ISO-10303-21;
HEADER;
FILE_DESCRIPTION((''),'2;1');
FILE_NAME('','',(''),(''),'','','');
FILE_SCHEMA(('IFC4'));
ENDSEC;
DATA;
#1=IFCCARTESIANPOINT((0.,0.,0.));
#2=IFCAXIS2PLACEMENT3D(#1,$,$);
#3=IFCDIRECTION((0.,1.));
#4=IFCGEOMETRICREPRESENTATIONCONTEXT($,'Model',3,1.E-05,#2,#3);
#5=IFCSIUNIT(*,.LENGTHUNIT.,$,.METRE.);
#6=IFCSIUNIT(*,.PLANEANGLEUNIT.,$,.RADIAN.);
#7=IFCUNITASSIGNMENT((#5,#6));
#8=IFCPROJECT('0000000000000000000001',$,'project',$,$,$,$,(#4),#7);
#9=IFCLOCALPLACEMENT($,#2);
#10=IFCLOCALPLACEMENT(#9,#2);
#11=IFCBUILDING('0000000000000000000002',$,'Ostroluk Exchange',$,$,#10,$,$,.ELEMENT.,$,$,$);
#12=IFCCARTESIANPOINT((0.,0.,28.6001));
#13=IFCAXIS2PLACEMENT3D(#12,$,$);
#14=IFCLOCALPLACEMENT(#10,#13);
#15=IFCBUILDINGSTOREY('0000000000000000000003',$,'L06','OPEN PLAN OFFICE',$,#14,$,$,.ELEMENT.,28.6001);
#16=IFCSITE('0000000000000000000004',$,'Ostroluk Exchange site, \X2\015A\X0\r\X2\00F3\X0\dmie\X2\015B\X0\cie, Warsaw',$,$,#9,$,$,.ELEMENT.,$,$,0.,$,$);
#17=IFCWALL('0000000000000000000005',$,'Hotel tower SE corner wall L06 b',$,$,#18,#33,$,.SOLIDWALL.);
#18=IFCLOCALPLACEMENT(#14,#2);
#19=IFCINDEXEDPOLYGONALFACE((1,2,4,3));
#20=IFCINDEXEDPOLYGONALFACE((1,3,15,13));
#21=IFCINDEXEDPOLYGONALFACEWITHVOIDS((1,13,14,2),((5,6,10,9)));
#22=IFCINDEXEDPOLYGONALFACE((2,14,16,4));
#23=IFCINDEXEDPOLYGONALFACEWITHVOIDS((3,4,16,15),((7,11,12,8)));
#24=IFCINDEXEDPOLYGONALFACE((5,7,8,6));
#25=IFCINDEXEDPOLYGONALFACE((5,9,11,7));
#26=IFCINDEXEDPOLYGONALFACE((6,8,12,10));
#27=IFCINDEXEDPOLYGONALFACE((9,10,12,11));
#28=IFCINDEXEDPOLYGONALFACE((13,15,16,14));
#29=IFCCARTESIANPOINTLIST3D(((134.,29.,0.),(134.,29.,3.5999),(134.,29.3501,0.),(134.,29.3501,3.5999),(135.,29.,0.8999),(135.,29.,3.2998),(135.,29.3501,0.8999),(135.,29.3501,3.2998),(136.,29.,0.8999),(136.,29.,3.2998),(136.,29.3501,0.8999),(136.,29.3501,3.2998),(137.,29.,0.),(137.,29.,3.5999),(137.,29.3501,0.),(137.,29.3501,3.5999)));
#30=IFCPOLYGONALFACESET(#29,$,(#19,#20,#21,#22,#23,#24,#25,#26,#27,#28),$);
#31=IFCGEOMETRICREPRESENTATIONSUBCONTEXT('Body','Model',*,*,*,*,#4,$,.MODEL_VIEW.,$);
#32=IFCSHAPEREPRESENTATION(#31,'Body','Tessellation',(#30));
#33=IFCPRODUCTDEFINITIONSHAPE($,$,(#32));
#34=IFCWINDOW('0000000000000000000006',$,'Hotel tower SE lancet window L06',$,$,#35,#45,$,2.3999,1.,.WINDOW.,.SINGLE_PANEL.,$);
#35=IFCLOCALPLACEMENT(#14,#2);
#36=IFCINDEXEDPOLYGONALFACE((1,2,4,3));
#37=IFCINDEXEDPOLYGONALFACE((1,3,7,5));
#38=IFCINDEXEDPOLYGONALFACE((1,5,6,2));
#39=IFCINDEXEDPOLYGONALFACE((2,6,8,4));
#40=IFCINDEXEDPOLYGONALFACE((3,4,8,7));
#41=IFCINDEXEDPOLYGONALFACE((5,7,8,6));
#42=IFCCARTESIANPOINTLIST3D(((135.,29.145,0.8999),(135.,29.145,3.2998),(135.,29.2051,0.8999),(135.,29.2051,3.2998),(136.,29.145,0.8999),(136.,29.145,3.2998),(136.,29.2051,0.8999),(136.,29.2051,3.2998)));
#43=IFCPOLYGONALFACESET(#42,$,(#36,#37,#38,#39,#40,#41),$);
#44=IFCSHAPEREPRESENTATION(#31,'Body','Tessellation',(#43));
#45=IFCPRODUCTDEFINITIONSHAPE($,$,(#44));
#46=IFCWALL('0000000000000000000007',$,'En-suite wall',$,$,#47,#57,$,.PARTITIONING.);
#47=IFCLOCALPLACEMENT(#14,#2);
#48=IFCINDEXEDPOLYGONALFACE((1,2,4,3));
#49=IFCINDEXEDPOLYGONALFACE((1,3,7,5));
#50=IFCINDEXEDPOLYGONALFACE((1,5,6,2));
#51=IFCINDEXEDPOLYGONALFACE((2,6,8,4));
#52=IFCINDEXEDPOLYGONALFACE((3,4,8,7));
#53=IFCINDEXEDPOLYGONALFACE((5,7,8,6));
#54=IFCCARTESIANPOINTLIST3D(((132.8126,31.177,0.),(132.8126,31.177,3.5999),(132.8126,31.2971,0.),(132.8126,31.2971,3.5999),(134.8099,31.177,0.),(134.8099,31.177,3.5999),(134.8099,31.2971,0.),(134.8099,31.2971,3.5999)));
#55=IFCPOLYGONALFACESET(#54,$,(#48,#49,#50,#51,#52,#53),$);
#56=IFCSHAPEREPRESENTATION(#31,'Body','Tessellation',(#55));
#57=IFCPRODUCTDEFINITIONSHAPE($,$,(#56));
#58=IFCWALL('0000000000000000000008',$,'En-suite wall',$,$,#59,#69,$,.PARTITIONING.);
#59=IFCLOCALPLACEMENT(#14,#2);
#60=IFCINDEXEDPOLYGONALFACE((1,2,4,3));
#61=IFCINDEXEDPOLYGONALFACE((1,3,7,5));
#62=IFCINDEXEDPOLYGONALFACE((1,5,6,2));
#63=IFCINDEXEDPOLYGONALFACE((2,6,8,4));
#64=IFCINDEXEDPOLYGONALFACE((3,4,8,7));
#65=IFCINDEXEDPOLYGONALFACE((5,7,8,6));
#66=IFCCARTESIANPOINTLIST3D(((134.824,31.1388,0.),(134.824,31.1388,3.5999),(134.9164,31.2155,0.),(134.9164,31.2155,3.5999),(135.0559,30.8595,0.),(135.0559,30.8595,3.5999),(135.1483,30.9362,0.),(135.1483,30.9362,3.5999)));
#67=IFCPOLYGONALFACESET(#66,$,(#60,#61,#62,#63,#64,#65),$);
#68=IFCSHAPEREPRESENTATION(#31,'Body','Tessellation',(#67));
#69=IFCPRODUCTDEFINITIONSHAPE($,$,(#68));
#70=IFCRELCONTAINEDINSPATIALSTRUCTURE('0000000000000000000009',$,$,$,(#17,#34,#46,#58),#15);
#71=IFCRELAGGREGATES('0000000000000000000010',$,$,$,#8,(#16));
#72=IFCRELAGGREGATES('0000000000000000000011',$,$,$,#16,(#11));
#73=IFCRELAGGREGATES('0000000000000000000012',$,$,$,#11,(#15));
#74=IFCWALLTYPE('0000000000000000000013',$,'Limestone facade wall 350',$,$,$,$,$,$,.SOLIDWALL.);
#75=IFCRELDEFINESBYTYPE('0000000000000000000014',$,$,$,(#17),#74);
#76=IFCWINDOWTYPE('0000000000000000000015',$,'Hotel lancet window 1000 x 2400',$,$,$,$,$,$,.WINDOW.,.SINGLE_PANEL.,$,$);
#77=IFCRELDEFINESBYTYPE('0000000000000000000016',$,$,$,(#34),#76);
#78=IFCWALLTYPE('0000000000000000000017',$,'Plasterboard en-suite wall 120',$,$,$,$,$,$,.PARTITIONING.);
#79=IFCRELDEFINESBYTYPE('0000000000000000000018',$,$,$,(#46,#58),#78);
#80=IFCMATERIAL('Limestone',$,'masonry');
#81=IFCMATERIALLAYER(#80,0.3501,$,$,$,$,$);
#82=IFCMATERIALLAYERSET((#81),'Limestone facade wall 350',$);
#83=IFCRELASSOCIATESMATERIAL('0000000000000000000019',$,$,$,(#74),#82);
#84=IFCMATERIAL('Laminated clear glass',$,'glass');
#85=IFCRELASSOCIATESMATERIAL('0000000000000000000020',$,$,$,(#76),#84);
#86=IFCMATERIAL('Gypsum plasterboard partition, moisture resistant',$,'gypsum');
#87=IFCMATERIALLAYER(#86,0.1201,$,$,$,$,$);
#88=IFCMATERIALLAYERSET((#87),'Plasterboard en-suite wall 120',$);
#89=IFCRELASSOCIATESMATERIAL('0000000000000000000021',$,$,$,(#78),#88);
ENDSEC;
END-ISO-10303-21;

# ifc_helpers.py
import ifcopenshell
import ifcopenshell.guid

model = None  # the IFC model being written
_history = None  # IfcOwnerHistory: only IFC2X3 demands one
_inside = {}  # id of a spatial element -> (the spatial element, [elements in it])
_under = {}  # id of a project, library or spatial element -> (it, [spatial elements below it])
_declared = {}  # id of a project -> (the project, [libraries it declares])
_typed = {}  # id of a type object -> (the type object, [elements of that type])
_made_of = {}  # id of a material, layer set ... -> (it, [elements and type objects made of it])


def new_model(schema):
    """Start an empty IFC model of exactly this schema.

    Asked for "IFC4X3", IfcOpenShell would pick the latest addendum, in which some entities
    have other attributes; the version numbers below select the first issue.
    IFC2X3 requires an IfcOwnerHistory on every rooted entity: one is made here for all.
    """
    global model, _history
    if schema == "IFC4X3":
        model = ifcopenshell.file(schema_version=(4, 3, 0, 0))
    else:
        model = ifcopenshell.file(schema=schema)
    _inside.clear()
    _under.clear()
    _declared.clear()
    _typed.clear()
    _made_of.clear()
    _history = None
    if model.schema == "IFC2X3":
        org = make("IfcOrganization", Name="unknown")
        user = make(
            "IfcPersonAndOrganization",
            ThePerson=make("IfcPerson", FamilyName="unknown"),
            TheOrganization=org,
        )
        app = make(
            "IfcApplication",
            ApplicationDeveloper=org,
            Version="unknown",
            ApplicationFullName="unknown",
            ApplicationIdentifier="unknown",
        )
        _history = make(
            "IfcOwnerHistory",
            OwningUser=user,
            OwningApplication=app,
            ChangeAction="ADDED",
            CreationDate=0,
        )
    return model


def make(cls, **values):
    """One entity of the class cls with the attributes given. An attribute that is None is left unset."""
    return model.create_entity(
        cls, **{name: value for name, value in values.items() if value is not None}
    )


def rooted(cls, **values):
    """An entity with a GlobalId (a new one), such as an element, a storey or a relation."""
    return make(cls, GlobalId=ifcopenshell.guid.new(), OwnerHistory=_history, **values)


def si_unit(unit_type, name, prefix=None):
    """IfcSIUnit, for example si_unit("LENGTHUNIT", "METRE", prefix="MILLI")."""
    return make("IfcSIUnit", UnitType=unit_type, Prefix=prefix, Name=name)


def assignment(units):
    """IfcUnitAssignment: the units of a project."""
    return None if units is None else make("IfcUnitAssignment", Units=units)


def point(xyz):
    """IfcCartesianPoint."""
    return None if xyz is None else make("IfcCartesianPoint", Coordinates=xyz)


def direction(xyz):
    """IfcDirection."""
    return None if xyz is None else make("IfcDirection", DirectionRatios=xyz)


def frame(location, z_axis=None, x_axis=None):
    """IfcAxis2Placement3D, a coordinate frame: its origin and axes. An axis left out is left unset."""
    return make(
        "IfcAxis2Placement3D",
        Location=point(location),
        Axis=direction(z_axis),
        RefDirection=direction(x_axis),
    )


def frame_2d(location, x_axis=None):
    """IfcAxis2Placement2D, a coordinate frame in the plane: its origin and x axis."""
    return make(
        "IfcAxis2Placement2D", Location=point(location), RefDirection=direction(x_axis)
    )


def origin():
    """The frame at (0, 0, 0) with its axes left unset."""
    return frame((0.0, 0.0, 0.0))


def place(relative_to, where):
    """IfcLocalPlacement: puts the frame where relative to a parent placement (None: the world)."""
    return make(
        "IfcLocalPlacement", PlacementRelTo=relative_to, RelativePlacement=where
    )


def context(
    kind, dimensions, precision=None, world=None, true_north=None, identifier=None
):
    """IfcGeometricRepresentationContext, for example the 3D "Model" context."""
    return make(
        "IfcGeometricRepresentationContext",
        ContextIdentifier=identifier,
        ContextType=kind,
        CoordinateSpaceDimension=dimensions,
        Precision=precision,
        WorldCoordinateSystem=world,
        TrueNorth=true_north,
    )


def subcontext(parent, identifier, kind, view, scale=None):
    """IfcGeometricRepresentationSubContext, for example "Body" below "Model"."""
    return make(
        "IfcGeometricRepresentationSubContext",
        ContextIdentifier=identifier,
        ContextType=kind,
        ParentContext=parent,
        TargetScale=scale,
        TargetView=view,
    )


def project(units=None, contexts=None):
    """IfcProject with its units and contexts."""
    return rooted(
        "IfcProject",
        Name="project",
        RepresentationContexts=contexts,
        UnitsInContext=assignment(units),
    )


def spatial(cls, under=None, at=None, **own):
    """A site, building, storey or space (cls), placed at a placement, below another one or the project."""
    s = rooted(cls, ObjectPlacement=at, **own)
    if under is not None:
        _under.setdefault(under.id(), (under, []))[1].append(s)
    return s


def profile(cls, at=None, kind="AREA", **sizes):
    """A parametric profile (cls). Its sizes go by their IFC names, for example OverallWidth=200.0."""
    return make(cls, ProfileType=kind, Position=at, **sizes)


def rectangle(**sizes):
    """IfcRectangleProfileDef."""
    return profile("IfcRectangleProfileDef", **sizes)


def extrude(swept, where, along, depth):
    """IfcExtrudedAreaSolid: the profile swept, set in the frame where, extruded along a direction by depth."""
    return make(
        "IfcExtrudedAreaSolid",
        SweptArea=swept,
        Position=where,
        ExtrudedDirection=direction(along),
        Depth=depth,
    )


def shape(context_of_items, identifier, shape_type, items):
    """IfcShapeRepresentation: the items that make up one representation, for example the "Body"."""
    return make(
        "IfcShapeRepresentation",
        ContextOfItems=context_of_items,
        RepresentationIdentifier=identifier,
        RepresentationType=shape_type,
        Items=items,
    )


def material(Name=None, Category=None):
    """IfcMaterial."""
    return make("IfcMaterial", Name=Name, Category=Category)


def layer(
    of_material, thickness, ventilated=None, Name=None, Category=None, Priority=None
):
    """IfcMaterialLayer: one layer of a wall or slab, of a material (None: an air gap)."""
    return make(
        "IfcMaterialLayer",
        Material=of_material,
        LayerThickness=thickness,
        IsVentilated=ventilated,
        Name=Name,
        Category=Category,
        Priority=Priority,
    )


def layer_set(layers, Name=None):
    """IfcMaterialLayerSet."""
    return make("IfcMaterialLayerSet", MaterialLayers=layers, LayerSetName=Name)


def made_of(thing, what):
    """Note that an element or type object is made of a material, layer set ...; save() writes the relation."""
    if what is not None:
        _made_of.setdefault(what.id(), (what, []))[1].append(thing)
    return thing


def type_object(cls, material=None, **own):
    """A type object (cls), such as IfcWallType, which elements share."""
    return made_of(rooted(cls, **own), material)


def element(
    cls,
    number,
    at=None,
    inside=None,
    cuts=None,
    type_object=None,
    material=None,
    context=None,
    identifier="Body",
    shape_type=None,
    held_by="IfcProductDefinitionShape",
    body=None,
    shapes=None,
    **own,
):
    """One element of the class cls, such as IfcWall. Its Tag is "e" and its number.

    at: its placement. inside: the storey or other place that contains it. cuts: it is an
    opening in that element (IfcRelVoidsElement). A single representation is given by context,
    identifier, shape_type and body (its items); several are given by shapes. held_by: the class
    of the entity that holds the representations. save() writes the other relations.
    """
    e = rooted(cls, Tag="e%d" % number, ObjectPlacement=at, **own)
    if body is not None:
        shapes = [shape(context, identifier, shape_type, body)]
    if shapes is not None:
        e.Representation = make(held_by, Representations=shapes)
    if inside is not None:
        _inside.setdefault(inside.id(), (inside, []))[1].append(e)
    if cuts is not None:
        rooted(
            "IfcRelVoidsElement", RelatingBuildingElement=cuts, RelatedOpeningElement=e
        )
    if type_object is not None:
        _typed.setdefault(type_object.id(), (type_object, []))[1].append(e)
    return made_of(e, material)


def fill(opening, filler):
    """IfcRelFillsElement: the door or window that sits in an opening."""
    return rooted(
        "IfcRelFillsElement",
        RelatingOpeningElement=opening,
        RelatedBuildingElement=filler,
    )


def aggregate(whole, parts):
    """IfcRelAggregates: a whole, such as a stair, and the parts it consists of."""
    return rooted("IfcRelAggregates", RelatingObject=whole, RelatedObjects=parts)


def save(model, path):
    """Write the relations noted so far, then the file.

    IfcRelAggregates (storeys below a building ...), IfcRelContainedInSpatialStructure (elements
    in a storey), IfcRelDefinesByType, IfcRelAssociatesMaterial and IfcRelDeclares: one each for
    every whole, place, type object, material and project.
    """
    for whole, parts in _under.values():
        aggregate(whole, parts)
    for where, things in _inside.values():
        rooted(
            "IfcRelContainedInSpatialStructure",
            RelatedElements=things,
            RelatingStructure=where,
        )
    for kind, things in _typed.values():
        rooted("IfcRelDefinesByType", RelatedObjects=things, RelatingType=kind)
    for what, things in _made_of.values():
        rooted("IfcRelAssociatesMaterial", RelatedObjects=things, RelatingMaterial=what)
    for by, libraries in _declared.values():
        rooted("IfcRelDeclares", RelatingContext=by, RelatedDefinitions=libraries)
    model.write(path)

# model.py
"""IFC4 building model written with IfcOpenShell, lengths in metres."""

from ifc_helpers import new_model, si_unit, direction, frame, frame_2d, origin, place, context, subcontext, project, spatial, rectangle, extrude, material, layer, layer_set, type_object, element, fill, save


model = new_model("IFC4")

# Units and contexts
model_context = context("Model", 3, precision=1e-05, world=origin(), true_north=direction((0.0, 1.0)))
body_context = subcontext(model_context, "Body", "Model", "MODEL_VIEW")
ifc_project = project(units=[si_unit("LENGTHUNIT", "METRE"), si_unit("PLANEANGLEUNIT", "RADIAN")], contexts=[model_context])

# Site, building, storey
site_placement = place(None, origin())
site = spatial("IfcSite", under=ifc_project, at=site_placement, Name="Ostroluk Exchange site, Śródmieście, Warsaw", CompositionType="ELEMENT", RefElevation=0.0)
building_placement = place(site_placement, origin())
building = spatial("IfcBuilding", under=site, at=building_placement, Name="Ostroluk Exchange", CompositionType="ELEMENT")
storey_placement = place(building_placement, frame((0.0, 0.0, 28.6001)))
storey = spatial("IfcBuildingStorey", under=building, at=storey_placement, Name="L06", Description="OPEN PLAN OFFICE", CompositionType="ELEMENT", Elevation=28.6001)

# Shared definitions
ifc_material_1 = material(Name="Limestone", Category="masonry")
ifc_layer_1 = layer(ifc_material_1, 0.3501)
ifc_layer_set_1 = layer_set([ifc_layer_1], Name="Limestone facade wall 350")
wall_type_1 = type_object("IfcWallType", Name="Limestone facade wall 350", PredefinedType="SOLIDWALL", material=ifc_layer_set_1)

# Wall, opening, window
wall_1_placement = place(storey_placement, frame((134.0, 29.175, 0.0), z_axis=(0.0, 0.0, 1.0), x_axis=(1.0, 0.0, 0.0)))
wall_1 = element("IfcWall", 1, at=wall_1_placement, inside=storey, type_object=wall_type_1, Name="Hotel tower SE corner wall L06 b", PredefinedType="SOLIDWALL", context=body_context, shape_type="SweptSolid", body=[
    extrude(rectangle(XDim=3.0, YDim=0.3501, at=frame_2d((1.5, 0.0))), origin(), (0.0, 0.0, 1.0), 3.5999),
])
opening_1_placement = place(wall_1_placement, frame((1.0, 0.0, 0.8999)))
opening_1 = element("IfcOpeningElement", 2, at=opening_1_placement, cuts=wall_1, PredefinedType="OPENING", context=body_context, shape_type="SweptSolid", body=[
    extrude(rectangle(XDim=1.0, YDim=2.3999, at=frame_2d((0.5, 1.2))), frame((0.0, 0.1851, 0.0), z_axis=(0.0, -1.0, 0.0), x_axis=(1.0, 0.0, 0.0)), (0.0, 0.0, 1.0), 0.3701),
])
ifc_material_2 = material(Name="Laminated clear glass", Category="glass")
window_type = type_object("IfcWindowType", Name="Hotel lancet window 1000 x 2400", PartitioningType="SINGLE_PANEL", PredefinedType="WINDOW", material=ifc_material_2)
window_placement = place(opening_1_placement, origin())
window = element("IfcWindow", 3, at=window_placement, inside=storey, type_object=window_type, Name="Hotel tower SE lancet window L06", OverallHeight=2.3999, OverallWidth=1.0, PartitioningType="SINGLE_PANEL", PredefinedType="WINDOW", context=body_context, shape_type="SweptSolid", body=[
    extrude(rectangle(XDim=1.0, YDim=2.3999, at=frame_2d((0.5, 1.2))), frame((0.0, 0.03, 0.0), z_axis=(0.0, -1.0, 0.0), x_axis=(1.0, 0.0, 0.0)), (0.0, 0.0, 1.0), 0.0601),
])
fill(opening_1, window)

# Walls
ifc_material_3 = material(Name="Gypsum plasterboard partition, moisture resistant", Category="gypsum")
ifc_layer_2 = layer(ifc_material_3, 0.1201)
ifc_layer_set_2 = layer_set([ifc_layer_2], Name="Plasterboard en-suite wall 120")
wall_type_2 = type_object("IfcWallType", Name="Plasterboard en-suite wall 120", PredefinedType="PARTITIONING", material=ifc_layer_set_2)
wall_2_placement = place(storey_placement, frame((132.8127, 31.2371, 0.0), z_axis=(0.0, 0.0, 1.0), x_axis=(1.0, 0.0, 0.0)))
element("IfcWall", 4, at=wall_2_placement, inside=storey, type_object=wall_type_2, Name="En-suite wall", PredefinedType="PARTITIONING", context=body_context, shape_type="SweptSolid", body=[
    extrude(rectangle(XDim=1.9973, YDim=0.1201, at=frame_2d((0.9985, 0.0))), origin(), (0.0, 0.0, 1.0), 3.5999),
])
wall_3_placement = place(storey_placement, frame((134.8701, 31.1772, 0.0), z_axis=(0.0, 0.0, 1.0), x_axis=(0.638861, -0.769323, 0.0)))
element("IfcWall", 5, at=wall_3_placement, inside=storey, type_object=wall_type_2, Name="En-suite wall", PredefinedType="PARTITIONING", context=body_context, shape_type="SweptSolid", body=[
    extrude(rectangle(XDim=0.363, YDim=0.1201, at=frame_2d((0.1816, 0.0))), origin(), (0.0, 0.0, 1.0), 3.5999),
])

save(model, "model.ifc")
